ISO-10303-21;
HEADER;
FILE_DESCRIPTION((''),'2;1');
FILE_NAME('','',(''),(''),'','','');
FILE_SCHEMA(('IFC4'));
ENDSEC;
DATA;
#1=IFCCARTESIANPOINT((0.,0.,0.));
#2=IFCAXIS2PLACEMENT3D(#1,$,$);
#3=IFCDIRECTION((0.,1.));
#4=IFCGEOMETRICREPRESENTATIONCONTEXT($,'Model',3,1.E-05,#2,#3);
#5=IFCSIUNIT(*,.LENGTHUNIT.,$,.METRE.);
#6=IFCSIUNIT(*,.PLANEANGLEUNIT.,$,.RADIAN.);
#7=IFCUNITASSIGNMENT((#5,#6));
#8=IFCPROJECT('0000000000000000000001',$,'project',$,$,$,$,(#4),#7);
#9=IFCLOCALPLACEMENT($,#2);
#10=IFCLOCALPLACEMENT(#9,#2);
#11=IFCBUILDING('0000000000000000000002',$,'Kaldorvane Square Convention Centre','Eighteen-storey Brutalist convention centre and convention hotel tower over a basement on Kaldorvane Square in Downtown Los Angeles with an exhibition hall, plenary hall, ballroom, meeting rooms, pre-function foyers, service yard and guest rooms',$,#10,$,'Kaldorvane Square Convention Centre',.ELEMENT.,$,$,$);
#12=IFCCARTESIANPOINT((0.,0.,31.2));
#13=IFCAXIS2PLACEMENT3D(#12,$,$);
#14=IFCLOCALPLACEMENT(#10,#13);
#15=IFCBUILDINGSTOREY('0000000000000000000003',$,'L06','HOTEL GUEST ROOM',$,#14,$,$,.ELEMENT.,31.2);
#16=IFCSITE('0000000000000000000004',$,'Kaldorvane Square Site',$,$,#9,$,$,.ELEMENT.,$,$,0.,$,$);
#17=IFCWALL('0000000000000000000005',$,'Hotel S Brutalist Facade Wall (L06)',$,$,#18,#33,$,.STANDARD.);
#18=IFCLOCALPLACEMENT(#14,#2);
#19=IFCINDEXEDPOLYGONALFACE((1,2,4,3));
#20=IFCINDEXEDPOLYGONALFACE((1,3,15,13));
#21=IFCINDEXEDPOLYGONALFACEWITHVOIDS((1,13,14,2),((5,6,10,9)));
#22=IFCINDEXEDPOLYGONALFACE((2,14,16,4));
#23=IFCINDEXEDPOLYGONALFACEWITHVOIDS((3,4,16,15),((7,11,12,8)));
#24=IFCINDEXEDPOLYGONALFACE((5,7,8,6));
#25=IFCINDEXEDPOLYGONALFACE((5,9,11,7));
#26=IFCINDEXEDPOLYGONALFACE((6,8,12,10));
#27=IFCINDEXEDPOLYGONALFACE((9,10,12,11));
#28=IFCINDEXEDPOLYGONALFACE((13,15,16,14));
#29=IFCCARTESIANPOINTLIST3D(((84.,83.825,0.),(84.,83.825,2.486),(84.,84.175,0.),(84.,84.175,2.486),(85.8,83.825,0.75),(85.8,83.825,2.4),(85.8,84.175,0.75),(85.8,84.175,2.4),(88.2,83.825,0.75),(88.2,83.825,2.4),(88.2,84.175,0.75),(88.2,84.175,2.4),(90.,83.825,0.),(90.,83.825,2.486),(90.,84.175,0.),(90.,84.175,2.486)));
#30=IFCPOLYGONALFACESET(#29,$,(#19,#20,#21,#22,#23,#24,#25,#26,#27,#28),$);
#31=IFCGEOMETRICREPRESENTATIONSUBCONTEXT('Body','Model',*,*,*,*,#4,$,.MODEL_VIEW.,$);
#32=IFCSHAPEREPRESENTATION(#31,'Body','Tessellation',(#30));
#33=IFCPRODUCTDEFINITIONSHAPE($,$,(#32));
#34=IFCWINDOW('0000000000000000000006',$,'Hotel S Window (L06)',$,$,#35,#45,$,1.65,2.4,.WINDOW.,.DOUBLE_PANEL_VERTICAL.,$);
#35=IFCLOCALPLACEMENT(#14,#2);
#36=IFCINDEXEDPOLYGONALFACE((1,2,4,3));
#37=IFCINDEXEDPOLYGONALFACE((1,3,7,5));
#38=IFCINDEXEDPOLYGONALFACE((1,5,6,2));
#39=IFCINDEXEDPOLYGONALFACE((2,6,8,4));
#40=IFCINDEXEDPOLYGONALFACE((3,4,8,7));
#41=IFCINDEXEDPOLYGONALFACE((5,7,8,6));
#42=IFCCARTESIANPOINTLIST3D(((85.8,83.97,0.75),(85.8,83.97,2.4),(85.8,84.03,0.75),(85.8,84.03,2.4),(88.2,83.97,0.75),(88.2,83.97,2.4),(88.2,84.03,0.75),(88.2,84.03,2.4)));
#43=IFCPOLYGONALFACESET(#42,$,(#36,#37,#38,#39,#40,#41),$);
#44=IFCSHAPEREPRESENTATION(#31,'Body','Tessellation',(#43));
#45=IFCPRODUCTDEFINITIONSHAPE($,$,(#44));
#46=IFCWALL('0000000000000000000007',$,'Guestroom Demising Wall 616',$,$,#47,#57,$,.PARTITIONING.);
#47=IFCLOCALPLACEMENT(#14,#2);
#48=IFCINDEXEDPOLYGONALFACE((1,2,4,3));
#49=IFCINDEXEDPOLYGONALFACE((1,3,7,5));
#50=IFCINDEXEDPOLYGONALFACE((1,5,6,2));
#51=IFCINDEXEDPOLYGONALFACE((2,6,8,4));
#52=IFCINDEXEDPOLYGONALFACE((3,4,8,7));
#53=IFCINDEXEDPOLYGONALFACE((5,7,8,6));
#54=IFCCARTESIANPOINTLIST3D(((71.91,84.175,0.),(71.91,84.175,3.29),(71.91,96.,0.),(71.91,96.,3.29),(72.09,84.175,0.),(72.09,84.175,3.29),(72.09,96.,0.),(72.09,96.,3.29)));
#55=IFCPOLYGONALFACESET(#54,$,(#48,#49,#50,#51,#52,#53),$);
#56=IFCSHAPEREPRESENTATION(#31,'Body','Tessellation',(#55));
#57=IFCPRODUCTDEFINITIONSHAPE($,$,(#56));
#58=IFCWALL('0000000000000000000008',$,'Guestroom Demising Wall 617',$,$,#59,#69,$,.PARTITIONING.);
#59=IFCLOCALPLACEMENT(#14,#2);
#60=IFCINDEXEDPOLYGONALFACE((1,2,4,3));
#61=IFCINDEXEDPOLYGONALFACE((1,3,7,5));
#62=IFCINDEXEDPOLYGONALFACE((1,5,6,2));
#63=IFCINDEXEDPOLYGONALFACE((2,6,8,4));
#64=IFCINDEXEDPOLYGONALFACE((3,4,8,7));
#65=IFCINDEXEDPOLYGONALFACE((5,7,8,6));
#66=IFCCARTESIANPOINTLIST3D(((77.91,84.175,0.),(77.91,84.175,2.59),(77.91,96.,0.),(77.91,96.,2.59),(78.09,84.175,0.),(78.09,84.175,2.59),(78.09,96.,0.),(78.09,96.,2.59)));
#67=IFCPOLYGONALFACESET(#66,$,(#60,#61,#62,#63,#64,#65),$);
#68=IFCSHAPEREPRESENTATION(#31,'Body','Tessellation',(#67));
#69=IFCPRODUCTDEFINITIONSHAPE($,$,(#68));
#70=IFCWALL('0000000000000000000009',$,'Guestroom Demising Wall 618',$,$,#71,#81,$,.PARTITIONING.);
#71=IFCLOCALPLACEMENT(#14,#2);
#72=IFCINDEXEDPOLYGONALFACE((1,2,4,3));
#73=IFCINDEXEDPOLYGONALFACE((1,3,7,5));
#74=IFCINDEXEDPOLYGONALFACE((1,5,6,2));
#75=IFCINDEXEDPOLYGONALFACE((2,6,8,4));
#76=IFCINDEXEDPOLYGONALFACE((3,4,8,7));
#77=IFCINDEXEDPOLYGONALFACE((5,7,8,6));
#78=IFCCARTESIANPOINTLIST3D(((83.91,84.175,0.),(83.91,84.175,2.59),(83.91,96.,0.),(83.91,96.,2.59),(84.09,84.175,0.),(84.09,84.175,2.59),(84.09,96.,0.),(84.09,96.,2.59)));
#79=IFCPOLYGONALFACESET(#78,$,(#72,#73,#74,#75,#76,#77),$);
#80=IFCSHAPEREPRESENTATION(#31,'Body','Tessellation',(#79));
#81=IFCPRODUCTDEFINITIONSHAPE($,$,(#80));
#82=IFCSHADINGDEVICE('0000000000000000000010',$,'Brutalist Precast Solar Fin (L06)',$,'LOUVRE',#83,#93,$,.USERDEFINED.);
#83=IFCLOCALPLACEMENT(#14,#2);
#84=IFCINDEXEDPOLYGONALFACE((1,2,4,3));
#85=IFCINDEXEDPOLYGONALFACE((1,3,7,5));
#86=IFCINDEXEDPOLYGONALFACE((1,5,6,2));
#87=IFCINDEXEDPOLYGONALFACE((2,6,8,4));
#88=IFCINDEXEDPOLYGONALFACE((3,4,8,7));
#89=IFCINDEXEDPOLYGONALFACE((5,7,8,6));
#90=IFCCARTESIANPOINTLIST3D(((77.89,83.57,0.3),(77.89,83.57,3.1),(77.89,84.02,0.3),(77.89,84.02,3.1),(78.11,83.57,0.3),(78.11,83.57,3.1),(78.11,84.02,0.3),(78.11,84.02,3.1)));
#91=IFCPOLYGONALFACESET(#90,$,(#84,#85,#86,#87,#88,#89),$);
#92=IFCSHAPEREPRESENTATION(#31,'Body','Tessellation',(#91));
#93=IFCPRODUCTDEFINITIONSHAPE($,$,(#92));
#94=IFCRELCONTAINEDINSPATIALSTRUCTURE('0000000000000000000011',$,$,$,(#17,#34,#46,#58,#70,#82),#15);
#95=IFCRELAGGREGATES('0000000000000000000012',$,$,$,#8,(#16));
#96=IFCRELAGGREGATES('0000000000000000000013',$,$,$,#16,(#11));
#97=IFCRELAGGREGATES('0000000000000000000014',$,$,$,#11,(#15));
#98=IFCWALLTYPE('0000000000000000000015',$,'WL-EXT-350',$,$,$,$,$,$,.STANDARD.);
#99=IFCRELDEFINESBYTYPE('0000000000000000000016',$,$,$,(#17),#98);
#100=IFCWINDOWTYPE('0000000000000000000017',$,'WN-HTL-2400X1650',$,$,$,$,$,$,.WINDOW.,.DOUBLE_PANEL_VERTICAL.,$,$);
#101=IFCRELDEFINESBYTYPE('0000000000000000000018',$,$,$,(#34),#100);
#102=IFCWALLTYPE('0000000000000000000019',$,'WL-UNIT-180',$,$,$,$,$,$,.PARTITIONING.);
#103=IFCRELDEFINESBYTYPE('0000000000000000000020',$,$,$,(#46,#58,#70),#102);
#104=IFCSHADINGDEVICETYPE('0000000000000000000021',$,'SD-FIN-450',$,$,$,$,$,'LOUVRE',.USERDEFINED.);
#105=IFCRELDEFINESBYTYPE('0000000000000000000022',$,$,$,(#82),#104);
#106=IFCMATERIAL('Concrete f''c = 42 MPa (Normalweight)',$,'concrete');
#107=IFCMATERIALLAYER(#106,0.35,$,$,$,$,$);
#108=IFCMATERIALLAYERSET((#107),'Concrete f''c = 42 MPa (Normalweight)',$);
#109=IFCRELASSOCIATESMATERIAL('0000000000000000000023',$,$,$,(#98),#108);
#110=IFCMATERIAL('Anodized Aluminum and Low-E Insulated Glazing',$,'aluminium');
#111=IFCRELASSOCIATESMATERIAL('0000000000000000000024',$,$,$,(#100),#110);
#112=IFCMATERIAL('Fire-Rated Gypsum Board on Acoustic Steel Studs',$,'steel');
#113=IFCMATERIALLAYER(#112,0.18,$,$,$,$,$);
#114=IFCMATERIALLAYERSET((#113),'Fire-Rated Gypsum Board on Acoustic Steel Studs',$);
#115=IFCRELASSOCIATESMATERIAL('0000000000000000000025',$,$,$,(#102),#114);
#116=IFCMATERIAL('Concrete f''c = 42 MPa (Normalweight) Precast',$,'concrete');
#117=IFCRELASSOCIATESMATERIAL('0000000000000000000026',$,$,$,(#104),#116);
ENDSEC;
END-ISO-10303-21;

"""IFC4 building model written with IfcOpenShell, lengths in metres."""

from ifc_helpers import new_model, si_unit, direction, frame, frame_2d, origin, origin_2d, place, context, subcontext, project, spatial, rectangle, extrude, material, layer, layer_set, type_object, element, fill, save


model = new_model("IFC4")

# Units and contexts
model_context = context("Model", 3, precision=1e-05, world=origin(), true_north=direction((0.0, 1.0)))
body_context = subcontext(model_context, "Body", "Model", "MODEL_VIEW")
ifc_project = project(units=[si_unit("LENGTHUNIT", "METRE"), si_unit("PLANEANGLEUNIT", "RADIAN")], contexts=[model_context])

# Site, building, storey
site_placement = place(None, origin())
site = spatial("IfcSite", under=ifc_project, at=site_placement, Name="Kaldorvane Square Site", CompositionType="ELEMENT", RefElevation=0.0)
building_placement = place(site_placement, origin())
building = spatial("IfcBuilding", under=site, at=building_placement, Name="Kaldorvane Square Convention Centre", Description="Eighteen-storey Brutalist convention centre and convention hotel tower over a basement on Kaldorvane Square in Downtown Los Angeles with an exhibition hall, plenary hall, ballroom, meeting rooms, pre-function foyers, service yard and guest rooms", LongName="Kaldorvane Square Convention Centre", CompositionType="ELEMENT")
storey_placement = place(building_placement, frame((0.0, 0.0, 31.2)))
storey = spatial("IfcBuildingStorey", under=building, at=storey_placement, Name="L06", Description="HOTEL GUEST ROOM", CompositionType="ELEMENT", Elevation=31.2)

# Shared definitions
ifc_material_1 = material(Name="Concrete f'c = 42 MPa (Normalweight)", Category="concrete")

# Wall, opening, window
ifc_layer_1 = layer(ifc_material_1, 0.35)
ifc_layer_set_1 = layer_set([ifc_layer_1], Name="Concrete f'c = 42 MPa (Normalweight)")
wall_type_1 = type_object("IfcWallType", Name="WL-EXT-350", PredefinedType="STANDARD", material=ifc_layer_set_1)
ifc_material_2 = material(Name="Anodized Aluminum and Low-E Insulated Glazing", Category="aluminium")
window_type = type_object("IfcWindowType", Name="WN-HTL-2400X1650", PartitioningType="DOUBLE_PANEL_VERTICAL", PredefinedType="WINDOW", material=ifc_material_2)
wall_1_placement = place(storey_placement, frame((84.0, 84.0, 0.0), z_axis=(0.0, 0.0, 1.0), x_axis=(1.0, 0.0, 0.0)))
wall_1 = element("IfcWall", 1, at=wall_1_placement, inside=storey, type_object=wall_type_1, Name="Hotel S Brutalist Facade Wall (L06)", PredefinedType="STANDARD", context=body_context, shape_type="SweptSolid", body=[
    extrude(rectangle(XDim=6.0, YDim=0.35, at=frame_2d((3.0, 0.0))), origin(), (0.0, 0.0, 1.0), 2.486),
])
opening_1_placement = place(wall_1_placement, frame((1.8, 0.0, 0.75)))
opening_1 = element("IfcOpeningElement", 2, at=opening_1_placement, cuts=wall_1, PredefinedType="OPENING", context=body_context, shape_type="SweptSolid", body=[
    extrude(rectangle(XDim=2.4, YDim=1.65, at=frame_2d((1.2, 0.825))), frame((0.0, 0.19, 0.0), z_axis=(0.0, -1.0, 0.0), x_axis=(1.0, 0.0, 0.0)), (0.0, 0.0, 1.0), 0.38),
])
window_1_placement = place(opening_1_placement, origin())
window_1 = element("IfcWindow", 3, at=window_1_placement, inside=storey, type_object=window_type, Name="Hotel S Window (L06)", OverallHeight=1.65, OverallWidth=2.4, PartitioningType="DOUBLE_PANEL_VERTICAL", PredefinedType="WINDOW", context=body_context, shape_type="SweptSolid", body=[
    extrude(rectangle(XDim=2.4, YDim=1.65, at=frame_2d((1.2, 0.825))), frame((0.0, 0.03, 0.0), z_axis=(0.0, -1.0, 0.0), x_axis=(1.0, 0.0, 0.0)), (0.0, 0.0, 1.0), 0.06),
])
fill(opening_1, window_1)

# Walls
ifc_material_3 = material(Name="Fire-Rated Gypsum Board on Acoustic Steel Studs", Category="steel")
ifc_layer_2 = layer(ifc_material_3, 0.18)
ifc_layer_set_2 = layer_set([ifc_layer_2], Name="Fire-Rated Gypsum Board on Acoustic Steel Studs")
wall_type_2 = type_object("IfcWallType", Name="WL-UNIT-180", PredefinedType="PARTITIONING", material=ifc_layer_set_2)
wall_2_placement = place(storey_placement, frame((72.0, 84.175, 0.0), z_axis=(0.0, 0.0, 1.0), x_axis=(0.0, 1.0, 0.0)))
element("IfcWall", 4, at=wall_2_placement, inside=storey, type_object=wall_type_2, Name="Guestroom Demising Wall 616", PredefinedType="PARTITIONING", context=body_context, shape_type="SweptSolid", body=[
    extrude(rectangle(XDim=11.825, YDim=0.18, at=frame_2d((5.9125, 0.0))), origin(), (0.0, 0.0, 1.0), 3.29),
])
for number, where, z_axis, x_axis, name in (
    (5, (78.0, 84.175, 0.0), (0.0, 0.0, 1.0), (0.0, 1.0, 0.0), "Guestroom Demising Wall 617"),
    (6, (84.0, 84.175, 0.0), (0.0, 0.0, 1.0), (0.0, 1.0, 0.0), "Guestroom Demising Wall 618"),
):
    element("IfcWall", number, at=place(storey_placement, frame(where, z_axis=z_axis, x_axis=x_axis)), inside=storey, type_object=wall_type_2, Name=name, PredefinedType="PARTITIONING", context=body_context, shape_type="SweptSolid", body=[
        extrude(rectangle(XDim=11.825, YDim=0.18, at=frame_2d((5.9125, 0.0))), origin(), (0.0, 0.0, 1.0), 2.59),
    ])

# Shading device
ifc_material_4 = material(Name="Concrete f'c = 42 MPa (Normalweight) Precast", Category="concrete")
shading_device_type = type_object("IfcShadingDeviceType", Name="SD-FIN-450", ElementType="LOUVRE", PredefinedType="USERDEFINED", material=ifc_material_4)
shading_device_placement = place(storey_placement, frame((78.0, 83.795, 0.3), z_axis=(0.0, 0.0, 1.0), x_axis=(1.0, 0.0, 0.0)))
element("IfcShadingDevice", 7, at=shading_device_placement, inside=storey, type_object=shading_device_type, Name="Brutalist Precast Solar Fin (L06)", ObjectType="LOUVRE", PredefinedType="USERDEFINED", context=body_context, shape_type="SweptSolid", body=[
    extrude(rectangle(XDim=0.22, YDim=0.45, at=origin_2d()), origin(), (0.0, 0.0, 1.0), 2.8),
])

save(model, "model.ifc")
